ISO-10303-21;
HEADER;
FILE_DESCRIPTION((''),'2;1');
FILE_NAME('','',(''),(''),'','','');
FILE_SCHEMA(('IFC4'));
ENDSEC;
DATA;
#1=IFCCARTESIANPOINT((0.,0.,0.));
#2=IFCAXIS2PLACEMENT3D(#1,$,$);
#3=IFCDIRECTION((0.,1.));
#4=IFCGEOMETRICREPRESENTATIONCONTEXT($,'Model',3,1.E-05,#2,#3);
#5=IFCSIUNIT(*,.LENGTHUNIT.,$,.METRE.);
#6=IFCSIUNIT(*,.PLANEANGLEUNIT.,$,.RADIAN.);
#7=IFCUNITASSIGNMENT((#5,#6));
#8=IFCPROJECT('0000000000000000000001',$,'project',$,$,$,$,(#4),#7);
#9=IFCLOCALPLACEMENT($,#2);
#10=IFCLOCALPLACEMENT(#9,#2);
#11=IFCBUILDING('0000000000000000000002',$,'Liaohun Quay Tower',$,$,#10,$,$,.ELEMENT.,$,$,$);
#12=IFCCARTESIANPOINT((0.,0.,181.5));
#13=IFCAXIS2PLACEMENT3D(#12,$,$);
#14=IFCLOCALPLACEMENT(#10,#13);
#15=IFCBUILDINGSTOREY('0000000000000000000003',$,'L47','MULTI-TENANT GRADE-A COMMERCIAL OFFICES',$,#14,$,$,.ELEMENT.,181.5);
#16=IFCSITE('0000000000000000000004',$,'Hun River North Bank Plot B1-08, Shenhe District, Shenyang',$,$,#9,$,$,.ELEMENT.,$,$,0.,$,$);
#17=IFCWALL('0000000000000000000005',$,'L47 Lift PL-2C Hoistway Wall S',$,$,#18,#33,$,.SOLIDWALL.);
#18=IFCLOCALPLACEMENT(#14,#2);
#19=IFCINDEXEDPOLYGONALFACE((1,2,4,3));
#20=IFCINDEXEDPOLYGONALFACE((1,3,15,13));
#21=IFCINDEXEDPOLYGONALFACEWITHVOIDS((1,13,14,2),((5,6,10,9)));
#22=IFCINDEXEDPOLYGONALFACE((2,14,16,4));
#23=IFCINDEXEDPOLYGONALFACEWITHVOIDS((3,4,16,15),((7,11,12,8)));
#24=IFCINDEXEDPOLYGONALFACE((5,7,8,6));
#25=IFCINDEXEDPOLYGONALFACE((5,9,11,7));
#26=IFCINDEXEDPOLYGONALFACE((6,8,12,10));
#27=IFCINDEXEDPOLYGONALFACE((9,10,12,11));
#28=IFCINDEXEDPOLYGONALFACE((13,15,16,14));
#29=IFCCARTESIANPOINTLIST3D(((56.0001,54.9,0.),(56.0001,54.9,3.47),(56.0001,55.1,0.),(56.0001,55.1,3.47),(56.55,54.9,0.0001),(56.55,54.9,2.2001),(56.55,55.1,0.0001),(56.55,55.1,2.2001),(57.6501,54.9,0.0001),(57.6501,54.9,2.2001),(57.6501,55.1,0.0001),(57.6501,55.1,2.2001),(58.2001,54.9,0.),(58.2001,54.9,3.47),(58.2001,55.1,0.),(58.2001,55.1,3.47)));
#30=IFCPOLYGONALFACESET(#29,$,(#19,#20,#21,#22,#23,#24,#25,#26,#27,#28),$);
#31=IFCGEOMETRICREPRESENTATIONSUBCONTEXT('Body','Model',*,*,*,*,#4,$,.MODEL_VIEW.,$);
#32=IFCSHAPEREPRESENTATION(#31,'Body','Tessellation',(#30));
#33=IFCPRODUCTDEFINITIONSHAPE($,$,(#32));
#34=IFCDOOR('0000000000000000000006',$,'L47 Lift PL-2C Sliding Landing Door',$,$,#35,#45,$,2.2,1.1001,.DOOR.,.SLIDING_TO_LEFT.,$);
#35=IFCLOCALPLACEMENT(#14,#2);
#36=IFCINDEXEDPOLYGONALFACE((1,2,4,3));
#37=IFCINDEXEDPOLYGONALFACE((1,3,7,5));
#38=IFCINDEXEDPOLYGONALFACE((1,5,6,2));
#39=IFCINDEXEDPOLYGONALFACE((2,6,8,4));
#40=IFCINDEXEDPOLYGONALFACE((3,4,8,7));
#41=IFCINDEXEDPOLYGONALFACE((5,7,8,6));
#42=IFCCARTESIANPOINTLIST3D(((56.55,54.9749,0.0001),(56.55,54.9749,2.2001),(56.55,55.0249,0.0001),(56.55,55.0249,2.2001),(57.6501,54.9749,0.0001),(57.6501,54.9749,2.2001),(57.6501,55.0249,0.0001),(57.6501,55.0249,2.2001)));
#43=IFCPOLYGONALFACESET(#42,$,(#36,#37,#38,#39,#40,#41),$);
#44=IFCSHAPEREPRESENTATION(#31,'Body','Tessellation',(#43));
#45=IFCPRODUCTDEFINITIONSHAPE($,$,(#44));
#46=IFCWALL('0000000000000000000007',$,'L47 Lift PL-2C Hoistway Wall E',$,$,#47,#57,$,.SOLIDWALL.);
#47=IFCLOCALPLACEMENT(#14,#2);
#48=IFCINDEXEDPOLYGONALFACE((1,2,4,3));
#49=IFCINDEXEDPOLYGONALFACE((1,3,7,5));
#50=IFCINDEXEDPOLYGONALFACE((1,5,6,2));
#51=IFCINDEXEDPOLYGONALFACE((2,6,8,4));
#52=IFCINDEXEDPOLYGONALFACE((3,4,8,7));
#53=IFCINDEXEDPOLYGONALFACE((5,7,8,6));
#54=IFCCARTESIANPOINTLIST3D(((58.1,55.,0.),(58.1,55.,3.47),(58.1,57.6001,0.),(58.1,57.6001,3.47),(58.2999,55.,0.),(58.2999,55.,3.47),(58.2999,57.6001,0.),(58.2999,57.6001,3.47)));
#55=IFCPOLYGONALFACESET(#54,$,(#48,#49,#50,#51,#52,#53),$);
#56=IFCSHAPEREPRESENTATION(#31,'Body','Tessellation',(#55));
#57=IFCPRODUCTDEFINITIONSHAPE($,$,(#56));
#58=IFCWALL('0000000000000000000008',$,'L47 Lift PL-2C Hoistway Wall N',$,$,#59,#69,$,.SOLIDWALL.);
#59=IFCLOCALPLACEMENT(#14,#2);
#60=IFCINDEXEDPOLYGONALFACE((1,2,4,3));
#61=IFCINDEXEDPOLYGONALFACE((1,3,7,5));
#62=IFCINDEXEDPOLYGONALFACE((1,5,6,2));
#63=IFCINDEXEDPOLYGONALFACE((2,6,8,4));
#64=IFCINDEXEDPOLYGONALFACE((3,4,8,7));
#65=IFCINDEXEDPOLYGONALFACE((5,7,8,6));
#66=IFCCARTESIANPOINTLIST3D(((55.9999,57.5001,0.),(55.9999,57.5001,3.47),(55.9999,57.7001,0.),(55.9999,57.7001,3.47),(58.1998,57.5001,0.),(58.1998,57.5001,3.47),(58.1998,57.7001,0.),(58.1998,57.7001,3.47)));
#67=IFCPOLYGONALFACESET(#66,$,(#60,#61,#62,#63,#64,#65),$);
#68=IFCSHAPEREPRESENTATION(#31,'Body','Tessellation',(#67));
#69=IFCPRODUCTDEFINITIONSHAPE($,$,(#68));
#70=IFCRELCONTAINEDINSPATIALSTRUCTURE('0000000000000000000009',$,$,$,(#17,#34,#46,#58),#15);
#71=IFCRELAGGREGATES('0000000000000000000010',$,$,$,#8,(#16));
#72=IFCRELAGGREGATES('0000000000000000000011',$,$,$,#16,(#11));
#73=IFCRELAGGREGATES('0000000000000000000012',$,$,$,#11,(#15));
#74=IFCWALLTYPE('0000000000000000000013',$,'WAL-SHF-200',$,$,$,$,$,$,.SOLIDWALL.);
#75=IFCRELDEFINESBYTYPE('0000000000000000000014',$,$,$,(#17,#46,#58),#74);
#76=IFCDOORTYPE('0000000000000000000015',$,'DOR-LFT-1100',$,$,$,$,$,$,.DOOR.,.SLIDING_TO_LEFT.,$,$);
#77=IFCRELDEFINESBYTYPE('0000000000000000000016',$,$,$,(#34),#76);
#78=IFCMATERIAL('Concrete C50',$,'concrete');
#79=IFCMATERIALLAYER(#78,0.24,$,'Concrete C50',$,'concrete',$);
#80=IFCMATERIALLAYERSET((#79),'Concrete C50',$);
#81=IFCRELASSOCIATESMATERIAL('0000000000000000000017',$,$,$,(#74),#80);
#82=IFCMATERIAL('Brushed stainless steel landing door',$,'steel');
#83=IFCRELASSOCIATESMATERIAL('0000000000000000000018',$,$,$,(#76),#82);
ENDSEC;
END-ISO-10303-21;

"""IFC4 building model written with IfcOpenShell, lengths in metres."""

from ifc_helpers import new_model, si_unit, direction, frame, frame_2d, origin, place, context, subcontext, project, spatial, rectangle, extrude, source, transform, mapped, material, layer, layer_set, type_object, element, fill, save


model = new_model("IFC4")

# Units and contexts
model_context = context("Model", 3, precision=1e-05, world=origin(), true_north=direction((0.0, 1.0)))
body_context = subcontext(model_context, "Body", "Model", "MODEL_VIEW")
ifc_project = project(units=[si_unit("LENGTHUNIT", "METRE"), si_unit("PLANEANGLEUNIT", "RADIAN")], contexts=[model_context])

# Site, building, storey
site_placement = place(None, origin())
site = spatial("IfcSite", under=ifc_project, at=site_placement, Name="Hun River North Bank Plot B1-08, Shenhe District, Shenyang", CompositionType="ELEMENT", RefElevation=0.0)
building_placement = place(site_placement, origin())
building = spatial("IfcBuilding", under=site, at=building_placement, Name="Liaohun Quay Tower", CompositionType="ELEMENT")
storey_placement = place(building_placement, frame((0.0, 0.0, 181.5)))
storey = spatial("IfcBuildingStorey", under=building, at=storey_placement, Name="L47", Description="MULTI-TENANT GRADE-A COMMERCIAL OFFICES", CompositionType="ELEMENT", Elevation=181.5)

# Shared definitions
ifc_material_1 = material(Name="Concrete C50", Category="concrete")
ifc_layer_1 = layer(ifc_material_1, 0.24, Name="Concrete C50", Category="concrete")
ifc_layer_set_1 = layer_set([ifc_layer_1], Name="Concrete C50")
wall_type_1 = type_object("IfcWallType", Name="WAL-SHF-200", PredefinedType="SOLIDWALL", material=ifc_layer_set_1)

# Shared definitions
shared_shape_1 = source(origin(), body_context, "Body", "SweptSolid", [
    extrude(rectangle(XDim=1.1001, YDim=2.2, at=frame_2d((0.55, 1.1001))), frame((0.0, 0.1099, 0.0), z_axis=(0.0, -1.0, 0.0), x_axis=(1.0, 0.0, 0.0)), (0.0, 0.0, 1.0), 0.22),
])
ifc_material_2 = material(Name="Brushed stainless steel landing door", Category="steel")
door_type_1 = type_object("IfcDoorType", Name="DOR-LFT-1100", OperationType="SLIDING_TO_LEFT", PredefinedType="DOOR", material=ifc_material_2)
shared_shape_2 = source(origin(), body_context, "Body", "SweptSolid", [
    extrude(rectangle(XDim=1.1001, YDim=2.2, at=frame_2d((0.55, 1.1001))), frame((0.0, 0.0249, 0.0), z_axis=(0.0, -1.0, 0.0), x_axis=(1.0, 0.0, 0.0)), (0.0, 0.0, 1.0), 0.05),
])

# Wall, opening, door
wall_1_placement = place(storey_placement, frame((56.0, 55.0, 0.0), z_axis=(0.0, 0.0, 1.0), x_axis=(1.0, 0.0, 0.0)))
wall_1 = element("IfcWall", 1, at=wall_1_placement, inside=storey, type_object=wall_type_1, Name="L47 Lift PL-2C Hoistway Wall S", PredefinedType="SOLIDWALL", context=body_context, shape_type="SweptSolid", body=[
    extrude(rectangle(XDim=2.2, YDim=0.2, at=frame_2d((1.1001, 0.0))), origin(), (0.0, 0.0, 1.0), 3.47),
])
opening_1_placement = place(wall_1_placement, frame((0.55, 0.0, 0.0)))
opening_1 = element("IfcOpeningElement", 2, at=opening_1_placement, cuts=wall_1, PredefinedType="OPENING", context=body_context, shape_type="MappedRepresentation", body=[
    mapped(shared_shape_1, transform((0.0, 0.0, 0.0), x_axis=(1.0, 0.0, 0.0), y_axis=(0.0, 1.0, 0.0), z_axis=(0.0, 0.0, 1.0), scale=1.0)),
])
door_1_placement = place(opening_1_placement, origin())
door_1 = element("IfcDoor", 3, at=door_1_placement, inside=storey, type_object=door_type_1, Name="L47 Lift PL-2C Sliding Landing Door", OperationType="SLIDING_TO_LEFT", OverallHeight=2.2, OverallWidth=1.1001, PredefinedType="DOOR", context=body_context, shape_type="MappedRepresentation", body=[
    mapped(shared_shape_2, transform((0.0, 0.0, 0.0), x_axis=(1.0, 0.0, 0.0), y_axis=(0.0, 1.0, 0.0), z_axis=(0.0, 0.0, 1.0), scale=1.0)),
])
fill(opening_1, door_1)

# Walls
wall_2_placement = place(storey_placement, frame((58.2, 55.0, 0.0), z_axis=(0.0, 0.0, 1.0), x_axis=(0.0, 1.0, 0.0)))
element("IfcWall", 4, at=wall_2_placement, inside=storey, type_object=wall_type_1, Name="L47 Lift PL-2C Hoistway Wall E", PredefinedType="SOLIDWALL", context=body_context, shape_type="SweptSolid", body=[
    extrude(rectangle(XDim=2.6001, YDim=0.2, at=frame_2d((1.3, 0.0))), origin(), (0.0, 0.0, 1.0), 3.47),
])
wall_3_placement = place(storey_placement, frame((58.2, 57.6001, 0.0), z_axis=(0.0, 0.0, 1.0), x_axis=(-1.0, 0.0, 0.0)))
element("IfcWall", 5, at=wall_3_placement, inside=storey, type_object=wall_type_1, Name="L47 Lift PL-2C Hoistway Wall N", PredefinedType="SOLIDWALL", context=body_context, shape_type="SweptSolid", body=[
    extrude(rectangle(XDim=2.2, YDim=0.2, at=frame_2d((1.1001, 0.0))), origin(), (0.0, 0.0, 1.0), 3.47),
])

save(model, "model.ifc")
